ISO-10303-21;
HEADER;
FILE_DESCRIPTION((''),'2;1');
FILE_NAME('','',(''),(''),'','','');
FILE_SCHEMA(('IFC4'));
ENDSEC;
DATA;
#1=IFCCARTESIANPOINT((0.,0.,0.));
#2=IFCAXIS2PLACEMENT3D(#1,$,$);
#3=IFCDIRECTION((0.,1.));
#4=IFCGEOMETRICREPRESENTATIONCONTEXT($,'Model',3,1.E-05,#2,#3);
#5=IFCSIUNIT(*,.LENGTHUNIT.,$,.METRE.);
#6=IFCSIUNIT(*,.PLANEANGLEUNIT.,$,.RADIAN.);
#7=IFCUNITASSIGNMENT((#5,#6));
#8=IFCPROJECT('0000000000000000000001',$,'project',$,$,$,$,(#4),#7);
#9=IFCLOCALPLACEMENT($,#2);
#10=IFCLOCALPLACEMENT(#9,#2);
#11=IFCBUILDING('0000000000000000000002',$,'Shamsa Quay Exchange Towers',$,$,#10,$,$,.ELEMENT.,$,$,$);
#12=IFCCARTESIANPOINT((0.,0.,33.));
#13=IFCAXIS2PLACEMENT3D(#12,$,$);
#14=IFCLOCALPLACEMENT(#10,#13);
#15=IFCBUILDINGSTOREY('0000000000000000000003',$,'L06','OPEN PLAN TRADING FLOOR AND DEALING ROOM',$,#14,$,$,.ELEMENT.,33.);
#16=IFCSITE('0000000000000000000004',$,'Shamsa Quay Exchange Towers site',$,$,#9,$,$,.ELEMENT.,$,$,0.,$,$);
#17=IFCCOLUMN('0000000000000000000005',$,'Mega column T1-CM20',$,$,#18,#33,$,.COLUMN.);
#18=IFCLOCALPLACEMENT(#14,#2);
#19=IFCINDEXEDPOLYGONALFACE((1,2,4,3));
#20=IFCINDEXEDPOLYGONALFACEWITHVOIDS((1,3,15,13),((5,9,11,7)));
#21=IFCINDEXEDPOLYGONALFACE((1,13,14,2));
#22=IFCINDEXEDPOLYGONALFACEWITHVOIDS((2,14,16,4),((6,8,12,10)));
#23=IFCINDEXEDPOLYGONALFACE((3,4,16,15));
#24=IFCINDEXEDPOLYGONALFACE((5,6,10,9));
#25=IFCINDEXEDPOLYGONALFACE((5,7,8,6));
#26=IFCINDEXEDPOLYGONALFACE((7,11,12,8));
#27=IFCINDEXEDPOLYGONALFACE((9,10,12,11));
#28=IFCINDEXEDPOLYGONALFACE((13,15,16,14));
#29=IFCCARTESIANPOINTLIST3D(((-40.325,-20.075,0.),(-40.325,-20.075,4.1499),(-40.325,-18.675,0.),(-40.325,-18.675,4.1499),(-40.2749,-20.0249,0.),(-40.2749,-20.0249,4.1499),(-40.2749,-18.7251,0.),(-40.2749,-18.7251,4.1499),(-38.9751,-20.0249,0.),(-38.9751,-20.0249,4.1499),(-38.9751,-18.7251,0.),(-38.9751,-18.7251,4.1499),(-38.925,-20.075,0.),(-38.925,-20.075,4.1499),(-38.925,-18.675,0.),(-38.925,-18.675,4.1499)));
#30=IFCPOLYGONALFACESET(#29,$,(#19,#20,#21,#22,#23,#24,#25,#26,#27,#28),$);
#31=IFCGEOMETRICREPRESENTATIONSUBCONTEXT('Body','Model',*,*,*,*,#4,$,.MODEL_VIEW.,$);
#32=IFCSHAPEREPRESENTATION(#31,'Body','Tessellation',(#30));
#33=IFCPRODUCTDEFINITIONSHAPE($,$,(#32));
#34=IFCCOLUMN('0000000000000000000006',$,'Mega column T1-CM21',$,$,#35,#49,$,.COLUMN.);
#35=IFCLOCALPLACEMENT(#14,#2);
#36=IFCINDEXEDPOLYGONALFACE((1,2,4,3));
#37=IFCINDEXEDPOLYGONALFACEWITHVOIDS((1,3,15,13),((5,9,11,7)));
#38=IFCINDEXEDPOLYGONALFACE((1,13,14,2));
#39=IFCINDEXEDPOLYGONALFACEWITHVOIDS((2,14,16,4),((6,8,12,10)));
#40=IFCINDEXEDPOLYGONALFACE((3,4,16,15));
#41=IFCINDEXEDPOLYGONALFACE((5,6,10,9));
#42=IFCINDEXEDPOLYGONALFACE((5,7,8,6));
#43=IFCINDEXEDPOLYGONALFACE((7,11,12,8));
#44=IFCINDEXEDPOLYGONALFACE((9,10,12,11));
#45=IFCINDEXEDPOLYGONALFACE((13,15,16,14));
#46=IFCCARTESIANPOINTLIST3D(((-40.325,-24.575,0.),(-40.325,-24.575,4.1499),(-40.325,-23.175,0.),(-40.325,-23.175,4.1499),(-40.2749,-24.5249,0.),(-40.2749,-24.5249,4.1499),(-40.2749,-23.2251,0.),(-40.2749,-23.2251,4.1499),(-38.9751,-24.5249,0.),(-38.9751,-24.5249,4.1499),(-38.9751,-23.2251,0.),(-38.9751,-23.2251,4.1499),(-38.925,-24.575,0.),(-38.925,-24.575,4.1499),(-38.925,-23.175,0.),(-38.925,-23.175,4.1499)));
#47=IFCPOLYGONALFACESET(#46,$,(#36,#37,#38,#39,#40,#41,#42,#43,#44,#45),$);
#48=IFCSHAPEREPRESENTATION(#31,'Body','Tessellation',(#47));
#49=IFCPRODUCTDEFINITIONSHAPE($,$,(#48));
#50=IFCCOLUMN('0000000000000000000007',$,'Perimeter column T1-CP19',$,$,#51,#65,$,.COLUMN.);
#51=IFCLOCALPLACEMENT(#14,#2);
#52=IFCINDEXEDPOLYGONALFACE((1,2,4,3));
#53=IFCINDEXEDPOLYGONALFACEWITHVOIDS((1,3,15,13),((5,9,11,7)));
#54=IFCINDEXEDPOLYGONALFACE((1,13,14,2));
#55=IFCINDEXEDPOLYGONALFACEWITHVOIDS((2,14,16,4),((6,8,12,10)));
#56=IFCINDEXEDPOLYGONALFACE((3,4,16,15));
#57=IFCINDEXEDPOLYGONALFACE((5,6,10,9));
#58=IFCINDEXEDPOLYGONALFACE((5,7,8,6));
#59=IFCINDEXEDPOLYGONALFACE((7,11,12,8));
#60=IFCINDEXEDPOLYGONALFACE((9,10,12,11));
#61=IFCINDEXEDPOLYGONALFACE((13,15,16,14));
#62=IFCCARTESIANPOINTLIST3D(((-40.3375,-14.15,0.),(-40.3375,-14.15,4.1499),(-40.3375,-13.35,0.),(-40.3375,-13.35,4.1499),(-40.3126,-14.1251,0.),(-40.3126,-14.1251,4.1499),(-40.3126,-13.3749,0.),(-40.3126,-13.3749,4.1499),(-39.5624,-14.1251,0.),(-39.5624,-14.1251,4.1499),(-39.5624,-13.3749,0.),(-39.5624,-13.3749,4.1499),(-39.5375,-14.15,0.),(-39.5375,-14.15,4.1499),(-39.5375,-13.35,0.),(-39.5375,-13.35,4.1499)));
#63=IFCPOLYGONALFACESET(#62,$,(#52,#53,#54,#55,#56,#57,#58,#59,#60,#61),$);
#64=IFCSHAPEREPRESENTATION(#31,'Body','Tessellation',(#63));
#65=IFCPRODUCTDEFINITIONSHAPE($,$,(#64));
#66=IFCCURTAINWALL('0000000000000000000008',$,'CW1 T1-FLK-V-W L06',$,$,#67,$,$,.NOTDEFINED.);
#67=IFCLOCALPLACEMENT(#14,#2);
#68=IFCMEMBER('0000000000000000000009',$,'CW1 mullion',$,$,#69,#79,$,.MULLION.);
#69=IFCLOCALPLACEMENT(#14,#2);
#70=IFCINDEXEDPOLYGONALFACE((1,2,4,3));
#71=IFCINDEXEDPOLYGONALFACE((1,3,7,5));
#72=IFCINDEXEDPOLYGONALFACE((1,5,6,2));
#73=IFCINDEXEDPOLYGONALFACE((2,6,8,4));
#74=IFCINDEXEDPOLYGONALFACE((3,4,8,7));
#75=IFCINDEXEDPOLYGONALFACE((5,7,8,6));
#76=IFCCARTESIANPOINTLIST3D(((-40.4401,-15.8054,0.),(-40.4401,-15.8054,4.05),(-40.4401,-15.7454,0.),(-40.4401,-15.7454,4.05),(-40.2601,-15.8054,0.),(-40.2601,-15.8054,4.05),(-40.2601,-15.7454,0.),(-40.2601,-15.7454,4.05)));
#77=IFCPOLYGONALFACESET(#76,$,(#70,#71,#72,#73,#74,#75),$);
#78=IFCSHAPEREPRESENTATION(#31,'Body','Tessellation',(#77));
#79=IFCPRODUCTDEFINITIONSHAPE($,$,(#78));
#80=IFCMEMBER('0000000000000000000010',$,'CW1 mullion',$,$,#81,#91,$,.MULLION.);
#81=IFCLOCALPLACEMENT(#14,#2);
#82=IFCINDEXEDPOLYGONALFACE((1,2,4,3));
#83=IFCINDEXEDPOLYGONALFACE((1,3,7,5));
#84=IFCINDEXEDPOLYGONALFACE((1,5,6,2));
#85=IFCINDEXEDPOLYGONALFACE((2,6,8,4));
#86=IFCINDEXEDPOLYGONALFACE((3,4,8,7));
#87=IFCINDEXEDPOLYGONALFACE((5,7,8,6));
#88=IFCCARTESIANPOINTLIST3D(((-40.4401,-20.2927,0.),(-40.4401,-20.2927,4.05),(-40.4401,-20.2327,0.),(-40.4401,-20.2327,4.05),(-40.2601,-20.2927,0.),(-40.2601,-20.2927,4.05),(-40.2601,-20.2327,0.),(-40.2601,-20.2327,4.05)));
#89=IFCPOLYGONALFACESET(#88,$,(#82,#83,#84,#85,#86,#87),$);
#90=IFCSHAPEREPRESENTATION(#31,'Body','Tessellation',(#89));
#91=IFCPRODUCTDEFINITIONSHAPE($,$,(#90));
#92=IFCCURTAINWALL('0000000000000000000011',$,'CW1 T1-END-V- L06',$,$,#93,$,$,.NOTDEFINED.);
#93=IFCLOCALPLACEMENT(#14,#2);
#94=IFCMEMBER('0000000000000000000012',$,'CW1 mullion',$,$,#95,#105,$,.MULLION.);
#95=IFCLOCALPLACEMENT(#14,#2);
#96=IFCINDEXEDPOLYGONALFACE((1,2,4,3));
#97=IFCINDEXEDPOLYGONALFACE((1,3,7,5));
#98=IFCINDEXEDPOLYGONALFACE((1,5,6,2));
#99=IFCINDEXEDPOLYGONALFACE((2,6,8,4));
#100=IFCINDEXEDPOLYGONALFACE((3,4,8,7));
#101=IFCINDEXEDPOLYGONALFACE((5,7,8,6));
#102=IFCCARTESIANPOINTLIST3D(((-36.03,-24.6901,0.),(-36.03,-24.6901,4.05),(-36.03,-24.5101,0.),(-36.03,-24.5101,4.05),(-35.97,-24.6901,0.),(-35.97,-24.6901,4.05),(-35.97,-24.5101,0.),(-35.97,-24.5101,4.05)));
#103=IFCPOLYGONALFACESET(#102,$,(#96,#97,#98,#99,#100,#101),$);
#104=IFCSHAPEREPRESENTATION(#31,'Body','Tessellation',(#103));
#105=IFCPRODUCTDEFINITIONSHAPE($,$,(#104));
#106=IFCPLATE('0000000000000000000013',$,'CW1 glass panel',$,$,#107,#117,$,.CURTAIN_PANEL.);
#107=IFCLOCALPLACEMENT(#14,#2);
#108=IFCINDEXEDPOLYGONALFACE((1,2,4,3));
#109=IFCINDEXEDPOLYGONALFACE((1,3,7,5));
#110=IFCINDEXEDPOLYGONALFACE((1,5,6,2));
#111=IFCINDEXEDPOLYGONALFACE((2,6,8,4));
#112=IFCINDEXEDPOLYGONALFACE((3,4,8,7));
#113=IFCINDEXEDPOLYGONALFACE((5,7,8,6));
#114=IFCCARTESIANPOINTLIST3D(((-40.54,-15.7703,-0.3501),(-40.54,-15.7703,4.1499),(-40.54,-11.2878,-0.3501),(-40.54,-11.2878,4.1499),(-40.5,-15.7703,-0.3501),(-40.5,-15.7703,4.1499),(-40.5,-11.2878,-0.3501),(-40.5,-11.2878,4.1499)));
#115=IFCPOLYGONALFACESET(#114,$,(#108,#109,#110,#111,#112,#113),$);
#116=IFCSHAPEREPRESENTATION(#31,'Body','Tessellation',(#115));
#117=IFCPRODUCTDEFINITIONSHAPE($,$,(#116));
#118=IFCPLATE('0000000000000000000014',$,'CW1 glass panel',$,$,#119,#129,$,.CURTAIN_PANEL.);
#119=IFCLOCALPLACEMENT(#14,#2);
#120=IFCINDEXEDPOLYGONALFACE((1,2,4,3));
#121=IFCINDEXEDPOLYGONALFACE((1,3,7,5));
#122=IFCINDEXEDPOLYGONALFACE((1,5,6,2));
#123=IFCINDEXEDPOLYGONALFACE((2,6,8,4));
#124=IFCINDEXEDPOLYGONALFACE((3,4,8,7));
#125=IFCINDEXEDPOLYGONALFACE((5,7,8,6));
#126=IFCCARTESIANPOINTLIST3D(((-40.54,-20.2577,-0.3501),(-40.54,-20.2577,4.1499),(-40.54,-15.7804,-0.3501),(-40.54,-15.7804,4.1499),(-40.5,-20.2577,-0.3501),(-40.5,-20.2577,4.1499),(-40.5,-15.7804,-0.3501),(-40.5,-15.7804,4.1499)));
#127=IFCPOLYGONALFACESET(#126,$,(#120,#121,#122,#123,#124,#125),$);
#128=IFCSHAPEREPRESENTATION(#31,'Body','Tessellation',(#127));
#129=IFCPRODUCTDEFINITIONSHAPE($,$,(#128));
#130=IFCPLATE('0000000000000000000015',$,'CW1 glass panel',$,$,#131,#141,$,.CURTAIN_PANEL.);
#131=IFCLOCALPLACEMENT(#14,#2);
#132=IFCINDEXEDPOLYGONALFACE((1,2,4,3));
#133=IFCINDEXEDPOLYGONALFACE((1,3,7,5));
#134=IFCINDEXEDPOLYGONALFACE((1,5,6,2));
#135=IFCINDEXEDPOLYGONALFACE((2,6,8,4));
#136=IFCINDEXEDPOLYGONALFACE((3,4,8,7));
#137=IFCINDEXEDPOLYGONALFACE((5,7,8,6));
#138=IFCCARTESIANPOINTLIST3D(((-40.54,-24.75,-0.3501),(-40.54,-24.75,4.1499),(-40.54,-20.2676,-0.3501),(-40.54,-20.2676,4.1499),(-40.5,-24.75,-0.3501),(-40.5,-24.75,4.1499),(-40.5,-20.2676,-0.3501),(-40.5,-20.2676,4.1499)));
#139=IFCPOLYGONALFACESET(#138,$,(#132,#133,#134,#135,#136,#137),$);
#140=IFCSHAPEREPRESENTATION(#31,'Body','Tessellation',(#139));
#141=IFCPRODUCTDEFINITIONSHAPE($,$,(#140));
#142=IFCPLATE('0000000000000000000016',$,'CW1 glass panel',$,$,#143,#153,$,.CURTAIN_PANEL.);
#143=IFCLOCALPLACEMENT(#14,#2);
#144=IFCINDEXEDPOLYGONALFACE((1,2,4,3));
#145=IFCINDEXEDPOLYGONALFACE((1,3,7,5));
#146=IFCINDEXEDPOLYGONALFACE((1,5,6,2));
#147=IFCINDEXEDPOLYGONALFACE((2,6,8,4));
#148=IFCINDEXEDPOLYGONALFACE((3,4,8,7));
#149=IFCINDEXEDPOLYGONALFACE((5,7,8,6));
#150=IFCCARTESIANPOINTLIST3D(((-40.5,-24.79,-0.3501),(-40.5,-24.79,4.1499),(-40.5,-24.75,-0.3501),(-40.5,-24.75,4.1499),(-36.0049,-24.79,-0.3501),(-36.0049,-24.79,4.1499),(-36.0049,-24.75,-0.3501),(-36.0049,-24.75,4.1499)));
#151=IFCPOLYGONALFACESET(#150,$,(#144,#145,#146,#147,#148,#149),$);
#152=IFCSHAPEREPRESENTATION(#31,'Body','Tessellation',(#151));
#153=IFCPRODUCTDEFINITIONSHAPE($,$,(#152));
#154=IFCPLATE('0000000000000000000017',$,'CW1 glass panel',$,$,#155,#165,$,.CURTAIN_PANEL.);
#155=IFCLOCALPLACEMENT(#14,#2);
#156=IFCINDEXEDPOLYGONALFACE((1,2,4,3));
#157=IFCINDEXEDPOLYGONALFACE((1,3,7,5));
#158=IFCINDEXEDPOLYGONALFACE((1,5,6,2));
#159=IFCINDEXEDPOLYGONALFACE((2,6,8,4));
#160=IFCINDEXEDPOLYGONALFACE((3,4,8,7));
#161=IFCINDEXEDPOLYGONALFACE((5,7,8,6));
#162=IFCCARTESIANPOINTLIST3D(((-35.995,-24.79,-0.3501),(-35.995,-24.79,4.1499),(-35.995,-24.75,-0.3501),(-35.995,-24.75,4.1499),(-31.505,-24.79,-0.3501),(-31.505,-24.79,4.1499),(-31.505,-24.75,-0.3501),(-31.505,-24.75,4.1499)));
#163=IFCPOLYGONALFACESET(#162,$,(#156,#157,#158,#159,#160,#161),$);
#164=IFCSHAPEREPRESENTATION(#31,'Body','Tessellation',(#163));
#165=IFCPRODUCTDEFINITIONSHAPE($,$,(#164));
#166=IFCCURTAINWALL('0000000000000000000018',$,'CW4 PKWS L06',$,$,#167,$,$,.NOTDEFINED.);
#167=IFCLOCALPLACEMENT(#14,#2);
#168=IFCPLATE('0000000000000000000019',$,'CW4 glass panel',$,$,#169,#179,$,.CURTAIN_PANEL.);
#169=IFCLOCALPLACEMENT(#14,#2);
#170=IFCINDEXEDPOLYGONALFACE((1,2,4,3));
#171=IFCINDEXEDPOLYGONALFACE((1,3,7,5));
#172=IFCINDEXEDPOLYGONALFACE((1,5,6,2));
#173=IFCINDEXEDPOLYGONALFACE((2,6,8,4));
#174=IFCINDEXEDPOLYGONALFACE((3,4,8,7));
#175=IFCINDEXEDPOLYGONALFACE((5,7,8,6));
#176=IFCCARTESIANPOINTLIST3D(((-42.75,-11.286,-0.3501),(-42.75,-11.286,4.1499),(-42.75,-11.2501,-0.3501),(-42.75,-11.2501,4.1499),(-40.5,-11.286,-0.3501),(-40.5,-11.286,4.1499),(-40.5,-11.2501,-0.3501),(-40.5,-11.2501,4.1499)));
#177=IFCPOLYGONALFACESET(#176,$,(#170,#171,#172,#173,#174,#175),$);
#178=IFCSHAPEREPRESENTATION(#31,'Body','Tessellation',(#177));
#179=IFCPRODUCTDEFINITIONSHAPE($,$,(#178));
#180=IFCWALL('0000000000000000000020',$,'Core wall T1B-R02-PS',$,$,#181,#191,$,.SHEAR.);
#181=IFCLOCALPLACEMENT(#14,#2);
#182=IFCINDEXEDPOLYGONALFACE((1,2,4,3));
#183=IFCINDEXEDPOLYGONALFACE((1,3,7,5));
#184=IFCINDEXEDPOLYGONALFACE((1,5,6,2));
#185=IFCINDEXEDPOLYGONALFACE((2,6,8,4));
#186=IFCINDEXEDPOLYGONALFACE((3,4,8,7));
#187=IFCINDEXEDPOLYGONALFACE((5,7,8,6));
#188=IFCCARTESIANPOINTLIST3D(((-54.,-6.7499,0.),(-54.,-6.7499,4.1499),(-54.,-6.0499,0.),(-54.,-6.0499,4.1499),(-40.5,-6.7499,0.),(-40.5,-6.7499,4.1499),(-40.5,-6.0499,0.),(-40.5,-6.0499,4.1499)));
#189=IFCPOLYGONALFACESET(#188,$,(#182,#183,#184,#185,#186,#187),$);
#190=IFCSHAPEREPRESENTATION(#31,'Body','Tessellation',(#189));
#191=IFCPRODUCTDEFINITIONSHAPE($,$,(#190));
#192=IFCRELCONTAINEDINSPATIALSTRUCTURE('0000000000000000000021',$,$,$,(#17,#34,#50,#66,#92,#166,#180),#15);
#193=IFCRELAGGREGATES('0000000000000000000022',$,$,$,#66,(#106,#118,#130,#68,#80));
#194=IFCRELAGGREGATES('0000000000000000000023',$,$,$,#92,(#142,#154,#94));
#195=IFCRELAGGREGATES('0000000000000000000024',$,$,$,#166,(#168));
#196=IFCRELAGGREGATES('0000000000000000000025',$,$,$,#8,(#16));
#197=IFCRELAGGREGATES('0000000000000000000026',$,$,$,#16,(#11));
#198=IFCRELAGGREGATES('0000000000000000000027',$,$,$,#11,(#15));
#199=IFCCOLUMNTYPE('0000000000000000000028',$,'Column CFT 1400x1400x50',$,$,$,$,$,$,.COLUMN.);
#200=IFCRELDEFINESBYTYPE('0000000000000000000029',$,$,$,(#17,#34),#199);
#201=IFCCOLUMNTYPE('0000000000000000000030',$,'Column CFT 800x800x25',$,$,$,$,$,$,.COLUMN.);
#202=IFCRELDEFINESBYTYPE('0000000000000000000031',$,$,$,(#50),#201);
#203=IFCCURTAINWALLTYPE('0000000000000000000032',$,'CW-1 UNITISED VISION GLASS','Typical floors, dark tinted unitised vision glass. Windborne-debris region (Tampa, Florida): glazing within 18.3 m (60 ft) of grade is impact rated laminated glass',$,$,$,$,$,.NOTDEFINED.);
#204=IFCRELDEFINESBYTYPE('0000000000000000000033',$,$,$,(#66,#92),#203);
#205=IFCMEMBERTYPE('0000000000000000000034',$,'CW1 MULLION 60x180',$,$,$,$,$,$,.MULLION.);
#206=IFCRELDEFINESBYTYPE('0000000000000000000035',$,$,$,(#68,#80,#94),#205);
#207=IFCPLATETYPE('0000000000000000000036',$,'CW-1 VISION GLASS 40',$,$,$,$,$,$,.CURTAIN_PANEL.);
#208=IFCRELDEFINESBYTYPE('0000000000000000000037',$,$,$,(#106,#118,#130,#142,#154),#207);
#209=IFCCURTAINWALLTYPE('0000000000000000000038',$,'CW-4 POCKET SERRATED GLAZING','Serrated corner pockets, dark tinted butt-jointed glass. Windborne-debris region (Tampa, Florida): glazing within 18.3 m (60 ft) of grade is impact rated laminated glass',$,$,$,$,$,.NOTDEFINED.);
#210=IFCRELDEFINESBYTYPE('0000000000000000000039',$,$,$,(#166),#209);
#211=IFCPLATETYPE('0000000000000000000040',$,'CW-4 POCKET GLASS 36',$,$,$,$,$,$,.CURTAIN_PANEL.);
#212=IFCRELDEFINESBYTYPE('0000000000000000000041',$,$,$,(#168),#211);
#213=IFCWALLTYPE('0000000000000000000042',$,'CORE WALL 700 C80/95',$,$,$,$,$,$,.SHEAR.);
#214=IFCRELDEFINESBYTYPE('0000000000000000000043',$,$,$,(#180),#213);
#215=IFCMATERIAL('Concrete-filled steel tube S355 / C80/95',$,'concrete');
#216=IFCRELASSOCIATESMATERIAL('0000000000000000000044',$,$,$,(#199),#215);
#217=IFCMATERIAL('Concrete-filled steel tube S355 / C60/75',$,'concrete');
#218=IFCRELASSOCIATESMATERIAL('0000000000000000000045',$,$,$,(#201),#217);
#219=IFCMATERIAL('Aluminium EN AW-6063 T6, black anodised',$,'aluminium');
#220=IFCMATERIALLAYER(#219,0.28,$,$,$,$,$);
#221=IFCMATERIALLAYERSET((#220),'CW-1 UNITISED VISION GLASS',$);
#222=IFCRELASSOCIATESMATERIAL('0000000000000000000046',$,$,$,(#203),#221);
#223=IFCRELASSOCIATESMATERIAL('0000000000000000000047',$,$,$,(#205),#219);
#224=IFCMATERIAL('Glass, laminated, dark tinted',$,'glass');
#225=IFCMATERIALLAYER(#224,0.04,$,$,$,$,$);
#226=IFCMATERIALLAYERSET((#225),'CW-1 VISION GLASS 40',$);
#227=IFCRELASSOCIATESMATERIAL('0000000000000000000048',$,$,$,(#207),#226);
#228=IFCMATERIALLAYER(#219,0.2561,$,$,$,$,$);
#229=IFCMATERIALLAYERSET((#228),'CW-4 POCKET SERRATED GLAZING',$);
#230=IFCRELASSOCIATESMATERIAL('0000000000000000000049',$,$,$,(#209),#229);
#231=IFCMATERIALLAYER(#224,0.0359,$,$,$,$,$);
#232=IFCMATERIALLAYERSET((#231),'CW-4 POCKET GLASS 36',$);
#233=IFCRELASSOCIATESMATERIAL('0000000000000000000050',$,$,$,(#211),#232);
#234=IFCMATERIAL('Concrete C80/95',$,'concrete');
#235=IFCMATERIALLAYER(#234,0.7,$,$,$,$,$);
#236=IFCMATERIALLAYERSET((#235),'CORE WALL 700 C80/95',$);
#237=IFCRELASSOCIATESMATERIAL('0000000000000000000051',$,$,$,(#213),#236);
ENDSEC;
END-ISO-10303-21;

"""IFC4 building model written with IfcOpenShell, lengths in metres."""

from ifc_helpers import new_model, si_unit, direction, frame, frame_2d, origin, origin_2d, place, context, subcontext, project, spatial, rectangle, hollow_rectangle, extrude, material, layer, layer_set, material_profile, profile_set, type_object, element, aggregate, save


model = new_model("IFC4")

# Units and contexts
model_context = context("Model", 3, precision=1e-05, world=origin(), true_north=direction((0.0, 1.0)))
body_context = subcontext(model_context, "Body", "Model", "MODEL_VIEW")
ifc_project = project(units=[si_unit("LENGTHUNIT", "METRE"), si_unit("PLANEANGLEUNIT", "RADIAN")], contexts=[model_context])

# Site, building, storey
site_placement = place(None, origin())
site = spatial("IfcSite", under=ifc_project, at=site_placement, Name="Shamsa Quay Exchange Towers site", CompositionType="ELEMENT", RefElevation=0.0)
building_placement = place(site_placement, origin())
building = spatial("IfcBuilding", under=site, at=building_placement, Name="Shamsa Quay Exchange Towers", CompositionType="ELEMENT")
storey_placement = place(building_placement, frame((0.0, 0.0, 33.0)))
storey = spatial("IfcBuildingStorey", under=building, at=storey_placement, Name="L06", Description="OPEN PLAN TRADING FLOOR AND DEALING ROOM", CompositionType="ELEMENT", Elevation=33.0)

# Columns
ifc_material_1 = material(Name="Concrete-filled steel tube S355 / C80/95", Category="concrete")
ifc_material_profile_1 = material_profile(ifc_material_1, hollow_rectangle(XDim=1.3999, YDim=1.3999, WallThickness=0.05, at=origin_2d()), Name="CFT 1400x1400x50")
ifc_profile_set_1 = profile_set([ifc_material_profile_1], Name="Concrete-filled steel tube S355 / C80/95")
column_type_1 = type_object("IfcColumnType", Name="Column CFT 1400x1400x50", PredefinedType="COLUMN", material=ifc_profile_set_1)
for number, where, name in (
    (1, (-39.625, -19.375, 0.0), "Mega column T1-CM20"),
    (2, (-39.625, -23.875, 0.0), "Mega column T1-CM21"),
):
    element("IfcColumn", number, at=place(storey_placement, frame(where)), inside=storey, type_object=column_type_1, Name=name, PredefinedType="COLUMN", context=body_context, shape_type="SweptSolid", body=[
        extrude(hollow_rectangle(XDim=1.3999, YDim=1.3999, WallThickness=0.05, at=origin_2d()), origin(), (0.0, 0.0, 1.0), 4.1499),
    ])
ifc_material_2 = material(Name="Concrete-filled steel tube S355 / C60/75", Category="concrete")
ifc_material_profile_2 = material_profile(ifc_material_2, hollow_rectangle(XDim=0.8, YDim=0.8, WallThickness=0.0249, at=origin_2d()), Name="CFT 800x800x25")
ifc_profile_set_2 = profile_set([ifc_material_profile_2], Name="Concrete-filled steel tube S355 / C60/75")
column_type_2 = type_object("IfcColumnType", Name="Column CFT 800x800x25", PredefinedType="COLUMN", material=ifc_profile_set_2)
column_placement = place(storey_placement, frame((-39.9375, -13.75, 0.0)))
element("IfcColumn", 3, at=column_placement, inside=storey, type_object=column_type_2, Name="Perimeter column T1-CP19", PredefinedType="COLUMN", context=body_context, shape_type="SweptSolid", body=[
    extrude(hollow_rectangle(XDim=0.8, YDim=0.8, WallThickness=0.0249, at=origin_2d()), origin(), (0.0, 0.0, 1.0), 4.1499),
])

# Curtain wall, members
ifc_material_3 = material(Name="Aluminium EN AW-6063 T6, black anodised", Category="aluminium")
ifc_layer_1 = layer(ifc_material_3, 0.28)
ifc_layer_set_1 = layer_set([ifc_layer_1], Name="CW-1 UNITISED VISION GLASS")
curtain_wall_type_1 = type_object("IfcCurtainWallType", Name="CW-1 UNITISED VISION GLASS", Description="Typical floors, dark tinted unitised vision glass. Windborne-debris region (Tampa, Florida): glazing within 18.3 m (60 ft) of grade is impact rated laminated glass", PredefinedType="NOTDEFINED", material=ifc_layer_set_1)
curtain_wall_1_placement = place(storey_placement, origin())
curtain_wall_1 = element("IfcCurtainWall", 4, at=curtain_wall_1_placement, inside=storey, type_object=curtain_wall_type_1, Name="CW1 T1-FLK-V-W L06", PredefinedType="NOTDEFINED")
ifc_material_profile_3 = material_profile(ifc_material_3, rectangle(XDim=0.1799, YDim=0.0601, at=origin_2d()), Name="MU60x180")
ifc_profile_set_3 = profile_set([ifc_material_profile_3], Name="Aluminium EN AW-6063 T6, black anodised")
member_type = type_object("IfcMemberType", Name="CW1 MULLION 60x180", PredefinedType="MULLION", material=ifc_profile_set_3)
member_1_placement = place(storey_placement, frame((-40.3501, -15.7754, 0.0)))
member_1 = element("IfcMember", 5, at=member_1_placement, type_object=member_type, Name="CW1 mullion", PredefinedType="MULLION", context=body_context, shape_type="SweptSolid", body=[
    extrude(rectangle(XDim=0.1799, YDim=0.0601, at=origin_2d()), origin(), (0.0, 0.0, 1.0), 4.05),
])
member_2_placement = place(storey_placement, frame((-40.3501, -20.2627, 0.0)))
member_2 = element("IfcMember", 6, at=member_2_placement, type_object=member_type, Name="CW1 mullion", PredefinedType="MULLION", context=body_context, shape_type="SweptSolid", body=[
    extrude(rectangle(XDim=0.1799, YDim=0.0601, at=origin_2d()), origin(), (0.0, 0.0, 1.0), 4.05),
])

# Curtain wall, member
curtain_wall_2_placement = place(storey_placement, origin())
curtain_wall_2 = element("IfcCurtainWall", 7, at=curtain_wall_2_placement, inside=storey, type_object=curtain_wall_type_1, Name="CW1 T1-END-V- L06", PredefinedType="NOTDEFINED")
member_3_placement = place(storey_placement, frame((-36.0, -24.6001, 0.0), z_axis=(0.0, 0.0, 1.0), x_axis=(0.0, 1.0, 0.0)))
member_3 = element("IfcMember", 8, at=member_3_placement, type_object=member_type, Name="CW1 mullion", PredefinedType="MULLION", context=body_context, shape_type="SweptSolid", body=[
    extrude(rectangle(XDim=0.1799, YDim=0.0601, at=origin_2d()), origin(), (0.0, 0.0, 1.0), 4.05),
])

# Plates
ifc_material_4 = material(Name="Glass, laminated, dark tinted", Category="glass")
ifc_layer_2 = layer(ifc_material_4, 0.04)
ifc_layer_set_2 = layer_set([ifc_layer_2], Name="CW-1 VISION GLASS 40")
plate_type_1 = type_object("IfcPlateType", Name="CW-1 VISION GLASS 40", PredefinedType="CURTAIN_PANEL", material=ifc_layer_set_2)
plate_1_placement = place(storey_placement, frame((-40.52, -13.5291, -0.3501), z_axis=(0.0, 0.0, 1.0), x_axis=(0.0, -1.0, 0.0)))
plate_1 = element("IfcPlate", 9, at=plate_1_placement, type_object=plate_type_1, Name="CW1 glass panel", PredefinedType="CURTAIN_PANEL", context=body_context, shape_type="SweptSolid", body=[
    extrude(rectangle(XDim=4.4824, YDim=0.04, at=origin_2d()), origin(), (0.0, 0.0, 1.0), 4.5),
])
plate_2_placement = place(storey_placement, frame((-40.52, -18.019, -0.3501), z_axis=(0.0, 0.0, 1.0), x_axis=(0.0, -1.0, 0.0)))
plate_2 = element("IfcPlate", 10, at=plate_2_placement, type_object=plate_type_1, Name="CW1 glass panel", PredefinedType="CURTAIN_PANEL", context=body_context, shape_type="SweptSolid", body=[
    extrude(rectangle(XDim=4.4773, YDim=0.04, at=origin_2d()), origin(), (0.0, 0.0, 1.0), 4.5),
])
plate_3_placement = place(storey_placement, frame((-40.52, -22.5088, -0.3501), z_axis=(0.0, 0.0, 1.0), x_axis=(0.0, -1.0, 0.0)))
plate_3 = element("IfcPlate", 11, at=plate_3_placement, type_object=plate_type_1, Name="CW1 glass panel", PredefinedType="CURTAIN_PANEL", context=body_context, shape_type="SweptSolid", body=[
    extrude(rectangle(XDim=4.4824, YDim=0.04, at=origin_2d()), origin(), (0.0, 0.0, 1.0), 4.5),
])
aggregate(curtain_wall_1, [plate_1, plate_2, plate_3, member_1, member_2])
plate_4_placement = place(storey_placement, frame((-38.2524, -24.77, -0.3501)))
plate_4 = element("IfcPlate", 12, at=plate_4_placement, type_object=plate_type_1, Name="CW1 glass panel", PredefinedType="CURTAIN_PANEL", context=body_context, shape_type="SweptSolid", body=[
    extrude(rectangle(XDim=4.4951, YDim=0.04, at=origin_2d()), origin(), (0.0, 0.0, 1.0), 4.5),
])
plate_5_placement = place(storey_placement, frame((-33.75, -24.77, -0.3501)))
plate_5 = element("IfcPlate", 13, at=plate_5_placement, type_object=plate_type_1, Name="CW1 glass panel", PredefinedType="CURTAIN_PANEL", context=body_context, shape_type="SweptSolid", body=[
    extrude(rectangle(XDim=4.49, YDim=0.04, at=origin_2d()), origin(), (0.0, 0.0, 1.0), 4.5),
])
aggregate(curtain_wall_2, [plate_4, plate_5, member_3])

# Curtain wall, plate
ifc_layer_3 = layer(ifc_material_3, 0.2561)
ifc_layer_set_3 = layer_set([ifc_layer_3], Name="CW-4 POCKET SERRATED GLAZING")
curtain_wall_type_2 = type_object("IfcCurtainWallType", Name="CW-4 POCKET SERRATED GLAZING", Description="Serrated corner pockets, dark tinted butt-jointed glass. Windborne-debris region (Tampa, Florida): glazing within 18.3 m (60 ft) of grade is impact rated laminated glass", PredefinedType="NOTDEFINED", material=ifc_layer_set_3)
curtain_wall_3_placement = place(storey_placement, origin())
curtain_wall_3 = element("IfcCurtainWall", 14, at=curtain_wall_3_placement, inside=storey, type_object=curtain_wall_type_2, Name="CW4 PKWS L06", PredefinedType="NOTDEFINED")
ifc_layer_4 = layer(ifc_material_4, 0.0359)
ifc_layer_set_4 = layer_set([ifc_layer_4], Name="CW-4 POCKET GLASS 36")
plate_type_2 = type_object("IfcPlateType", Name="CW-4 POCKET GLASS 36", PredefinedType="CURTAIN_PANEL", material=ifc_layer_set_4)
plate_6_placement = place(storey_placement, frame((-41.625, -11.2681, -0.3501)))
plate_6 = element("IfcPlate", 15, at=plate_6_placement, type_object=plate_type_2, Name="CW4 glass panel", PredefinedType="CURTAIN_PANEL", context=body_context, shape_type="SweptSolid", body=[
    extrude(rectangle(XDim=2.25, YDim=0.0359, at=origin_2d()), origin(), (0.0, 0.0, 1.0), 4.5),
])
aggregate(curtain_wall_3, [plate_6])

# Wall
ifc_material_5 = material(Name="Concrete C80/95", Category="concrete")
ifc_layer_5 = layer(ifc_material_5, 0.7)
ifc_layer_set_5 = layer_set([ifc_layer_5], Name="CORE WALL 700 C80/95")
wall_type_1 = type_object("IfcWallType", Name="CORE WALL 700 C80/95", PredefinedType="SHEAR", material=ifc_layer_set_5)
wall_1_placement = place(storey_placement, frame((-40.5, -6.3999, 0.0), z_axis=(0.0, 0.0, 1.0), x_axis=(-1.0, 0.0, 0.0)))
element("IfcWall", 16, at=wall_1_placement, inside=storey, type_object=wall_type_1, Name="Core wall T1B-R02-PS", PredefinedType="SHEAR", context=body_context, shape_type="SweptSolid", body=[
    extrude(rectangle(XDim=13.5, YDim=0.7, at=frame_2d((6.75, 0.0))), origin(), (0.0, 0.0, 1.0), 4.1499),
])

save(model, "model.ifc")
